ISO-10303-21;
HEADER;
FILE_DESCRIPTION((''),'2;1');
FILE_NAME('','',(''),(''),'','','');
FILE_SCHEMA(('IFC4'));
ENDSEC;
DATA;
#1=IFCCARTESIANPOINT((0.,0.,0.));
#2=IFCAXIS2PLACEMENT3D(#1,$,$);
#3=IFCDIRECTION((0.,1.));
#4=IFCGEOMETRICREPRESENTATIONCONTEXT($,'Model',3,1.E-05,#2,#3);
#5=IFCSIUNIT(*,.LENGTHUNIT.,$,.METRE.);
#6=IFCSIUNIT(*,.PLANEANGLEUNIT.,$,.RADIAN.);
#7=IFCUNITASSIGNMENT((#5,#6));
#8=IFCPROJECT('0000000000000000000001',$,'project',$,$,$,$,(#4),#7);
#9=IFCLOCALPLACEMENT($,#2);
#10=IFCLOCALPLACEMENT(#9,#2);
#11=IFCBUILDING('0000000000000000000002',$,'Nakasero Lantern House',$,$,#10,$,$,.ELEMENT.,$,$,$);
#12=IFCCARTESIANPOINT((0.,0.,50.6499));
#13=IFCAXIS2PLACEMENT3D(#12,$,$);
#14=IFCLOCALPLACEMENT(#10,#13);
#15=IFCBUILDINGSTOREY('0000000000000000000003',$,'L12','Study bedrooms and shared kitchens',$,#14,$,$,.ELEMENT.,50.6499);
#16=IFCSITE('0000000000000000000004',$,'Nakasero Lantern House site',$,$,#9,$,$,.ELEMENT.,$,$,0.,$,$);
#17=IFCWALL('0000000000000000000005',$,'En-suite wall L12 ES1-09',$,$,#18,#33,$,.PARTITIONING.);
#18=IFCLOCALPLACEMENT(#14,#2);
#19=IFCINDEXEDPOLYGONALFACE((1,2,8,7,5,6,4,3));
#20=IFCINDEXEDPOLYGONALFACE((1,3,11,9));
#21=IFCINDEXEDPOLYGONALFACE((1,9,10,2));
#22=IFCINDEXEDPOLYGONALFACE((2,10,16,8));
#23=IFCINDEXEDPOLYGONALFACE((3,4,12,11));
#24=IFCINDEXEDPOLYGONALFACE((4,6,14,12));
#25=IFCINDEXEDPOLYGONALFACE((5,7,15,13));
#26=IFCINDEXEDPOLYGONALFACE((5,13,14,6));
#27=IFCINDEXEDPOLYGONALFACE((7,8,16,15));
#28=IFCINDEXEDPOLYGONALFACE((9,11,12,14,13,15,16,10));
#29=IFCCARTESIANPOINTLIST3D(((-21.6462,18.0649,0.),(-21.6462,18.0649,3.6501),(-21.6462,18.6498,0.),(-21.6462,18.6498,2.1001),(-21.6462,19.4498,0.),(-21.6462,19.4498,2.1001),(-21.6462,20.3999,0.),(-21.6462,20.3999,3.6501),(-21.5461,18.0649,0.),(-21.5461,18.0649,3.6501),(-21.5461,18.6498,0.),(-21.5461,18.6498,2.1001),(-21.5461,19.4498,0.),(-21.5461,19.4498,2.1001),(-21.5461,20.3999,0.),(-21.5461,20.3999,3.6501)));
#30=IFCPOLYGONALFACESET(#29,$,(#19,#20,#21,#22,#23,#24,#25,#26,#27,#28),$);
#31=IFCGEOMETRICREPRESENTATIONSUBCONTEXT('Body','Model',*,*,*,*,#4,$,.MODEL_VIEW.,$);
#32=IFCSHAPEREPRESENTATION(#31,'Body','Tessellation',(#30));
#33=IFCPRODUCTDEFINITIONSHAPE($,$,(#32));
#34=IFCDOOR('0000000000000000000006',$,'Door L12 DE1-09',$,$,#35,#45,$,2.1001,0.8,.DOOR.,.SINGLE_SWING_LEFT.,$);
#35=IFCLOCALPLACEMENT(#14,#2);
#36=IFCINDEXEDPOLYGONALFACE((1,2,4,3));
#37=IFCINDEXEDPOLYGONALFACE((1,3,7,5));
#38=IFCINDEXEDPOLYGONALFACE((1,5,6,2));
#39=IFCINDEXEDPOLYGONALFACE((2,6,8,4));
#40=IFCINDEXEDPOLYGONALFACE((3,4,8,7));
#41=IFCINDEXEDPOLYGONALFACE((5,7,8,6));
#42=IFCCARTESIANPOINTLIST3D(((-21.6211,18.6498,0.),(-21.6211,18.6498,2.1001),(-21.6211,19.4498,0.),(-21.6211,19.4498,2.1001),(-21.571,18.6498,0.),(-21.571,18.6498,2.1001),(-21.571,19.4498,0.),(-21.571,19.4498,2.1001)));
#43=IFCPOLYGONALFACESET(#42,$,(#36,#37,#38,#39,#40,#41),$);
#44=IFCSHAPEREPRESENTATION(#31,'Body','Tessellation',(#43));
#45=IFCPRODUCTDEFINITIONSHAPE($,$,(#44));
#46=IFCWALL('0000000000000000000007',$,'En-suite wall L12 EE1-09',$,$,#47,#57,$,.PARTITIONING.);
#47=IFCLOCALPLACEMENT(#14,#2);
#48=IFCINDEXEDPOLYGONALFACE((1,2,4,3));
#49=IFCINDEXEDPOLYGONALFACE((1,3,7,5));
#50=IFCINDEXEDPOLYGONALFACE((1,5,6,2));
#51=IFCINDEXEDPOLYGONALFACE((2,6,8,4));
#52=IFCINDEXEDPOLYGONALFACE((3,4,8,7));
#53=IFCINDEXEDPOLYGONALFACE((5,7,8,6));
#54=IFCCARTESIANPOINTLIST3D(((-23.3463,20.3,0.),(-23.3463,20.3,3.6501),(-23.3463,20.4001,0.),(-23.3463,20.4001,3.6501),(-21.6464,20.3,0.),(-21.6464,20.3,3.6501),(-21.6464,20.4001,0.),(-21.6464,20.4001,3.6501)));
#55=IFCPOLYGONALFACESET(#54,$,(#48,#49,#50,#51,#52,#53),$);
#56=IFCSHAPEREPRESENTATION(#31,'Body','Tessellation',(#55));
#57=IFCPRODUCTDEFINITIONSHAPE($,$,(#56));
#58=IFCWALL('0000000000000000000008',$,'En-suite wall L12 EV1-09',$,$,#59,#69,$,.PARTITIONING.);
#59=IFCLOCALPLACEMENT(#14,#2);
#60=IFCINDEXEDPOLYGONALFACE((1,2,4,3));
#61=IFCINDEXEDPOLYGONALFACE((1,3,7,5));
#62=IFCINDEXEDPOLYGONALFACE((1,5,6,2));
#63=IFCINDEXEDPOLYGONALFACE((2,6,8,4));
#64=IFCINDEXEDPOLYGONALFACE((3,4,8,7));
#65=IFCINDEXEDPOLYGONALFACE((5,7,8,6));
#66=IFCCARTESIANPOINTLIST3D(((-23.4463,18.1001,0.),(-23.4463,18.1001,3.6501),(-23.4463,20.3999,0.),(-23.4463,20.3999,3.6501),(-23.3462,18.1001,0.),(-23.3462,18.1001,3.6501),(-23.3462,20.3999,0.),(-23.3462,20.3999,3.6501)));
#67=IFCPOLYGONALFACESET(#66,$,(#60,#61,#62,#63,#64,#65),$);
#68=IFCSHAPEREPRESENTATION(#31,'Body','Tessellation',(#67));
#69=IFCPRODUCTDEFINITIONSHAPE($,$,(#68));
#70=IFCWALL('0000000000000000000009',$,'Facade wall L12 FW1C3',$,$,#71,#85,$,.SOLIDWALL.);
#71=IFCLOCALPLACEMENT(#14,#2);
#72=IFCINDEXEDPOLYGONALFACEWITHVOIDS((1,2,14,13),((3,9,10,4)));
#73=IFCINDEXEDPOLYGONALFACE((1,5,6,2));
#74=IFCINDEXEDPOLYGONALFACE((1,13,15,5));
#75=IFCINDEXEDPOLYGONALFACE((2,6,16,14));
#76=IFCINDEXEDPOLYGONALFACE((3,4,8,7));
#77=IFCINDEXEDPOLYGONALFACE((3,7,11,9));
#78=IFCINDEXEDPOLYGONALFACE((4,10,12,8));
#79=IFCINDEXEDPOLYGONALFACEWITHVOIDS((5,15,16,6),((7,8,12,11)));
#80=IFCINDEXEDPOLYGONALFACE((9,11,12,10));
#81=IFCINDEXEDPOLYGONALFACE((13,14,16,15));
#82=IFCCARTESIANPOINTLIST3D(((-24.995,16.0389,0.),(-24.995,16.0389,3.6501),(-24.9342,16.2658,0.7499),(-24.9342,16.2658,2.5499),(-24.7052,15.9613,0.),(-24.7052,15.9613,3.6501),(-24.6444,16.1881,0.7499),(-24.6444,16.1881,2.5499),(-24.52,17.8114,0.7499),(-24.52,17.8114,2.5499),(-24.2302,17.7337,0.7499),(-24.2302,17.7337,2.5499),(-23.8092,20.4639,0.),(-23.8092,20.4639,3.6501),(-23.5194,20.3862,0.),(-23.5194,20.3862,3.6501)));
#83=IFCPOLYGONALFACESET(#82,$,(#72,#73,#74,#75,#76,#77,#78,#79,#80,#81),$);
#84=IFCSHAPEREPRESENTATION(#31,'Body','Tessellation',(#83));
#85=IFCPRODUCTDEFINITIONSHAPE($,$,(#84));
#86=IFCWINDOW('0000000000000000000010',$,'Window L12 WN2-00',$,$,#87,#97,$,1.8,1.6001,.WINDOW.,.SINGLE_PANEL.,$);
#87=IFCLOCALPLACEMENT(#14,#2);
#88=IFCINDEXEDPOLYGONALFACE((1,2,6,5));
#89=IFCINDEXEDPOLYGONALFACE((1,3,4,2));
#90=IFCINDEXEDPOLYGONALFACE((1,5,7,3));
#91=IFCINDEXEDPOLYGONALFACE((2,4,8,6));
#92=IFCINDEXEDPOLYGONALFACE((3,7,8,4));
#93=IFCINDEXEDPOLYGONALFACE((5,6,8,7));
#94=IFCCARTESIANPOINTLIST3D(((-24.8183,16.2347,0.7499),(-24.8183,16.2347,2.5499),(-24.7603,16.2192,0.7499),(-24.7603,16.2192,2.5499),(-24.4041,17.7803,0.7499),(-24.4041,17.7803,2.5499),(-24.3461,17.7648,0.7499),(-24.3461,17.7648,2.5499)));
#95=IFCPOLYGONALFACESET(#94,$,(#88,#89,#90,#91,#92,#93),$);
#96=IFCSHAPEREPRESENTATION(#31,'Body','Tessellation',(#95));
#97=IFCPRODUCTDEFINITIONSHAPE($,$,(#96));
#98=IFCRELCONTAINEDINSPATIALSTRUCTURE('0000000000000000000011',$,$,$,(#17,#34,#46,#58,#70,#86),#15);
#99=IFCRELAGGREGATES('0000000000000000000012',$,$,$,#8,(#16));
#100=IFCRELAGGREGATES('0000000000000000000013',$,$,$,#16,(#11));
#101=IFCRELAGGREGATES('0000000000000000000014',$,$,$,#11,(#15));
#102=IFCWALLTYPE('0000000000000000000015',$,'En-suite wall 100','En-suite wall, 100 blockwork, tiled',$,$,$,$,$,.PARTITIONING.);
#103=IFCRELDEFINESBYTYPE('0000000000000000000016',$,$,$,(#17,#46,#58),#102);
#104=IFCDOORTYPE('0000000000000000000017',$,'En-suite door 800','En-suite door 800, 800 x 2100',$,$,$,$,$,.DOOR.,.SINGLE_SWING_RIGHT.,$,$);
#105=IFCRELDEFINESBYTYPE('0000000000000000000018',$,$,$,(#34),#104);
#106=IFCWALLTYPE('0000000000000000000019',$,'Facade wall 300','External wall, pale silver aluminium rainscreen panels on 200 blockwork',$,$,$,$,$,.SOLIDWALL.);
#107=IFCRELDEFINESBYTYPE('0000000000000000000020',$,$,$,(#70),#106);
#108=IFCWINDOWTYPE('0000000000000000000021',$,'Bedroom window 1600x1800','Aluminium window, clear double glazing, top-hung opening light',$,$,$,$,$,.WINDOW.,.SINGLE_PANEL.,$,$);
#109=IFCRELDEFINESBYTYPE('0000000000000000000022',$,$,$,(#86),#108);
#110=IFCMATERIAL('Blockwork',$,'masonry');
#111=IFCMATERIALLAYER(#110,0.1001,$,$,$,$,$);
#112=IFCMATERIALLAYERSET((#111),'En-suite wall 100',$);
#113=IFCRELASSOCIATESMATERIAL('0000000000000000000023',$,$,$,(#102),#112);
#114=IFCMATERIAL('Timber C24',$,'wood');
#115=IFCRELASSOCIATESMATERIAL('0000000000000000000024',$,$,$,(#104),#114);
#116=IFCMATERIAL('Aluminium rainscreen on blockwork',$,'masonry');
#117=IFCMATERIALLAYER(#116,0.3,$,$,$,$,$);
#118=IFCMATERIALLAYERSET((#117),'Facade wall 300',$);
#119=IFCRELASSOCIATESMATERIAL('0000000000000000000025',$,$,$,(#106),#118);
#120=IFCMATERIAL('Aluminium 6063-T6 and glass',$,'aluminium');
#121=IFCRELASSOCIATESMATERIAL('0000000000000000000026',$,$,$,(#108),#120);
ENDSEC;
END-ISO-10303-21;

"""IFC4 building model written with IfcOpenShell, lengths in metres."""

from ifc_helpers import new_model, si_unit, direction, frame, frame_2d, origin, place, context, subcontext, project, spatial, rectangle, extrude, material, layer, layer_set, type_object, element, fill, save


model = new_model("IFC4")

# Units and contexts
model_context = context("Model", 3, precision=1e-05, world=origin(), true_north=direction((0.0, 1.0)))
body_context = subcontext(model_context, "Body", "Model", "MODEL_VIEW")
ifc_project = project(units=[si_unit("LENGTHUNIT", "METRE"), si_unit("PLANEANGLEUNIT", "RADIAN")], contexts=[model_context])

# Site, building, storey
site_placement = place(None, origin())
site = spatial("IfcSite", under=ifc_project, at=site_placement, Name="Nakasero Lantern House site", CompositionType="ELEMENT", RefElevation=0.0)
building_placement = place(site_placement, origin())
building = spatial("IfcBuilding", under=site, at=building_placement, Name="Nakasero Lantern House", CompositionType="ELEMENT")
storey_placement = place(building_placement, frame((0.0, 0.0, 50.6499)))
storey = spatial("IfcBuildingStorey", under=building, at=storey_placement, Name="L12", Description="Study bedrooms and shared kitchens", CompositionType="ELEMENT", Elevation=50.6499)

# Wall, opening, door
ifc_material_1 = material(Name="Blockwork", Category="masonry")
ifc_layer_1 = layer(ifc_material_1, 0.1001)
ifc_layer_set_1 = layer_set([ifc_layer_1], Name="En-suite wall 100")
wall_type_1 = type_object("IfcWallType", Name="En-suite wall 100", Description="En-suite wall, 100 blockwork, tiled", PredefinedType="PARTITIONING", material=ifc_layer_set_1)
wall_1_placement = place(storey_placement, frame((-21.5962, 18.0649, 0.0), z_axis=(0.0, 0.0, 1.0), x_axis=(0.0, 1.0, 0.0)))
wall_1 = element("IfcWall", 1, at=wall_1_placement, inside=storey, type_object=wall_type_1, Name="En-suite wall L12 ES1-09", PredefinedType="PARTITIONING", context=body_context, shape_type="SweptSolid", body=[
    extrude(rectangle(XDim=2.335, YDim=0.1001, at=frame_2d((1.1675, 0.0))), origin(), (0.0, 0.0, 1.0), 3.6501),
])
opening_1_placement = place(wall_1_placement, frame((0.585, 0.0, 0.0)))
opening_1 = element("IfcOpeningElement", 2, at=opening_1_placement, cuts=wall_1, PredefinedType="OPENING", context=body_context, shape_type="SweptSolid", body=[
    extrude(rectangle(XDim=0.8, YDim=2.1001, at=frame_2d((0.3999, 1.05))), frame((0.0, 0.0701, 0.0), z_axis=(0.0, -1.0, 0.0), x_axis=(1.0, 0.0, 0.0)), (0.0, 0.0, 1.0), 0.1401),
])
ifc_material_2 = material(Name="Timber C24", Category="wood")
door_type_1 = type_object("IfcDoorType", Name="En-suite door 800", Description="En-suite door 800, 800 x 2100", OperationType="SINGLE_SWING_RIGHT", PredefinedType="DOOR", material=ifc_material_2)
door_1_placement = place(opening_1_placement, origin())
door_1 = element("IfcDoor", 3, at=door_1_placement, inside=storey, type_object=door_type_1, Name="Door L12 DE1-09", OperationType="SINGLE_SWING_LEFT", OverallHeight=2.1001, OverallWidth=0.8, PredefinedType="DOOR", context=body_context, shape_type="SweptSolid", body=[
    extrude(rectangle(XDim=0.8, YDim=2.1001, at=frame_2d((0.3999, 1.05))), frame((0.0, 0.0249, 0.0), z_axis=(0.0, -1.0, 0.0), x_axis=(1.0, 0.0, 0.0)), (0.0, 0.0, 1.0), 0.05),
])
fill(opening_1, door_1)

# Walls
wall_2_placement = place(storey_placement, frame((-21.6462, 20.3501, 0.0), z_axis=(0.0, 0.0, 1.0), x_axis=(-1.0, 0.0, 0.0)))
element("IfcWall", 4, at=wall_2_placement, inside=storey, type_object=wall_type_1, Name="En-suite wall L12 EE1-09", PredefinedType="PARTITIONING", context=body_context, shape_type="SweptSolid", body=[
    extrude(rectangle(XDim=1.7, YDim=0.1001, at=frame_2d((0.8501, 0.0))), origin(), (0.0, 0.0, 1.0), 3.6501),
])
wall_3_placement = place(storey_placement, frame((-23.3962, 18.1001, 0.0), z_axis=(0.0, 0.0, 1.0), x_axis=(0.0, 1.0, 0.0)))
element("IfcWall", 5, at=wall_3_placement, inside=storey, type_object=wall_type_1, Name="En-suite wall L12 EV1-09", PredefinedType="PARTITIONING", context=body_context, shape_type="SweptSolid", body=[
    extrude(rectangle(XDim=2.2998, YDim=0.1001, at=frame_2d((1.1499, 0.0))), origin(), (0.0, 0.0, 1.0), 3.6501),
])

# Wall, opening, window
ifc_material_3 = material(Name="Aluminium rainscreen on blockwork", Category="masonry")
ifc_layer_2 = layer(ifc_material_3, 0.3)
ifc_layer_set_2 = layer_set([ifc_layer_2], Name="Facade wall 300")
wall_type_2 = type_object("IfcWallType", Name="Facade wall 300", Description="External wall, pale silver aluminium rainscreen panels on 200 blockwork", PredefinedType="SOLIDWALL", material=ifc_layer_set_2)
wall_4_placement = place(storey_placement, frame((-23.6643, 20.425, 0.0), z_axis=(0.0, 0.0, 1.0), x_axis=(-0.25884, -0.96592, 0.0)))
wall_4 = element("IfcWall", 6, at=wall_4_placement, inside=storey, type_object=wall_type_2, Name="Facade wall L12 FW1C3", PredefinedType="SOLIDWALL", context=body_context, shape_type="SweptSolid", body=[
    extrude(rectangle(XDim=4.5811, YDim=0.3, at=frame_2d((2.2905, 0.0))), origin(), (0.0, 0.0, 1.0), 3.6501),
])
opening_2_placement = place(wall_4_placement, frame((2.7461, 0.0, 0.75)))
opening_2 = element("IfcOpeningElement", 7, at=opening_2_placement, cuts=wall_4, PredefinedType="OPENING", context=body_context, shape_type="SweptSolid", body=[
    extrude(rectangle(XDim=1.6001, YDim=1.8, at=frame_2d((0.8, 0.8999))), frame((0.0, 0.1699, 0.0), z_axis=(0.0, -1.0, 0.0), x_axis=(1.0, 0.0, 0.0)), (0.0, 0.0, 1.0), 0.3401),
])
ifc_material_4 = material(Name="Aluminium 6063-T6 and glass", Category="aluminium")
window_type_1 = type_object("IfcWindowType", Name="Bedroom window 1600x1800", Description="Aluminium window, clear double glazing, top-hung opening light", PartitioningType="SINGLE_PANEL", PredefinedType="WINDOW", material=ifc_material_4)
window_1_placement = place(opening_2_placement, origin())
window_1 = element("IfcWindow", 8, at=window_1_placement, inside=storey, type_object=window_type_1, Name="Window L12 WN2-00", OverallHeight=1.8, OverallWidth=1.6001, PartitioningType="SINGLE_PANEL", PredefinedType="WINDOW", context=body_context, shape_type="SweptSolid", body=[
    extrude(rectangle(XDim=1.6001, YDim=1.8, at=frame_2d((0.8, 0.8999))), frame((0.0, 0.03, 0.0), z_axis=(0.0, -1.0, 0.0), x_axis=(1.0, 0.0, 0.0)), (0.0, 0.0, 1.0), 0.0601),
])
fill(opening_2, window_1)

save(model, "model.ifc")
